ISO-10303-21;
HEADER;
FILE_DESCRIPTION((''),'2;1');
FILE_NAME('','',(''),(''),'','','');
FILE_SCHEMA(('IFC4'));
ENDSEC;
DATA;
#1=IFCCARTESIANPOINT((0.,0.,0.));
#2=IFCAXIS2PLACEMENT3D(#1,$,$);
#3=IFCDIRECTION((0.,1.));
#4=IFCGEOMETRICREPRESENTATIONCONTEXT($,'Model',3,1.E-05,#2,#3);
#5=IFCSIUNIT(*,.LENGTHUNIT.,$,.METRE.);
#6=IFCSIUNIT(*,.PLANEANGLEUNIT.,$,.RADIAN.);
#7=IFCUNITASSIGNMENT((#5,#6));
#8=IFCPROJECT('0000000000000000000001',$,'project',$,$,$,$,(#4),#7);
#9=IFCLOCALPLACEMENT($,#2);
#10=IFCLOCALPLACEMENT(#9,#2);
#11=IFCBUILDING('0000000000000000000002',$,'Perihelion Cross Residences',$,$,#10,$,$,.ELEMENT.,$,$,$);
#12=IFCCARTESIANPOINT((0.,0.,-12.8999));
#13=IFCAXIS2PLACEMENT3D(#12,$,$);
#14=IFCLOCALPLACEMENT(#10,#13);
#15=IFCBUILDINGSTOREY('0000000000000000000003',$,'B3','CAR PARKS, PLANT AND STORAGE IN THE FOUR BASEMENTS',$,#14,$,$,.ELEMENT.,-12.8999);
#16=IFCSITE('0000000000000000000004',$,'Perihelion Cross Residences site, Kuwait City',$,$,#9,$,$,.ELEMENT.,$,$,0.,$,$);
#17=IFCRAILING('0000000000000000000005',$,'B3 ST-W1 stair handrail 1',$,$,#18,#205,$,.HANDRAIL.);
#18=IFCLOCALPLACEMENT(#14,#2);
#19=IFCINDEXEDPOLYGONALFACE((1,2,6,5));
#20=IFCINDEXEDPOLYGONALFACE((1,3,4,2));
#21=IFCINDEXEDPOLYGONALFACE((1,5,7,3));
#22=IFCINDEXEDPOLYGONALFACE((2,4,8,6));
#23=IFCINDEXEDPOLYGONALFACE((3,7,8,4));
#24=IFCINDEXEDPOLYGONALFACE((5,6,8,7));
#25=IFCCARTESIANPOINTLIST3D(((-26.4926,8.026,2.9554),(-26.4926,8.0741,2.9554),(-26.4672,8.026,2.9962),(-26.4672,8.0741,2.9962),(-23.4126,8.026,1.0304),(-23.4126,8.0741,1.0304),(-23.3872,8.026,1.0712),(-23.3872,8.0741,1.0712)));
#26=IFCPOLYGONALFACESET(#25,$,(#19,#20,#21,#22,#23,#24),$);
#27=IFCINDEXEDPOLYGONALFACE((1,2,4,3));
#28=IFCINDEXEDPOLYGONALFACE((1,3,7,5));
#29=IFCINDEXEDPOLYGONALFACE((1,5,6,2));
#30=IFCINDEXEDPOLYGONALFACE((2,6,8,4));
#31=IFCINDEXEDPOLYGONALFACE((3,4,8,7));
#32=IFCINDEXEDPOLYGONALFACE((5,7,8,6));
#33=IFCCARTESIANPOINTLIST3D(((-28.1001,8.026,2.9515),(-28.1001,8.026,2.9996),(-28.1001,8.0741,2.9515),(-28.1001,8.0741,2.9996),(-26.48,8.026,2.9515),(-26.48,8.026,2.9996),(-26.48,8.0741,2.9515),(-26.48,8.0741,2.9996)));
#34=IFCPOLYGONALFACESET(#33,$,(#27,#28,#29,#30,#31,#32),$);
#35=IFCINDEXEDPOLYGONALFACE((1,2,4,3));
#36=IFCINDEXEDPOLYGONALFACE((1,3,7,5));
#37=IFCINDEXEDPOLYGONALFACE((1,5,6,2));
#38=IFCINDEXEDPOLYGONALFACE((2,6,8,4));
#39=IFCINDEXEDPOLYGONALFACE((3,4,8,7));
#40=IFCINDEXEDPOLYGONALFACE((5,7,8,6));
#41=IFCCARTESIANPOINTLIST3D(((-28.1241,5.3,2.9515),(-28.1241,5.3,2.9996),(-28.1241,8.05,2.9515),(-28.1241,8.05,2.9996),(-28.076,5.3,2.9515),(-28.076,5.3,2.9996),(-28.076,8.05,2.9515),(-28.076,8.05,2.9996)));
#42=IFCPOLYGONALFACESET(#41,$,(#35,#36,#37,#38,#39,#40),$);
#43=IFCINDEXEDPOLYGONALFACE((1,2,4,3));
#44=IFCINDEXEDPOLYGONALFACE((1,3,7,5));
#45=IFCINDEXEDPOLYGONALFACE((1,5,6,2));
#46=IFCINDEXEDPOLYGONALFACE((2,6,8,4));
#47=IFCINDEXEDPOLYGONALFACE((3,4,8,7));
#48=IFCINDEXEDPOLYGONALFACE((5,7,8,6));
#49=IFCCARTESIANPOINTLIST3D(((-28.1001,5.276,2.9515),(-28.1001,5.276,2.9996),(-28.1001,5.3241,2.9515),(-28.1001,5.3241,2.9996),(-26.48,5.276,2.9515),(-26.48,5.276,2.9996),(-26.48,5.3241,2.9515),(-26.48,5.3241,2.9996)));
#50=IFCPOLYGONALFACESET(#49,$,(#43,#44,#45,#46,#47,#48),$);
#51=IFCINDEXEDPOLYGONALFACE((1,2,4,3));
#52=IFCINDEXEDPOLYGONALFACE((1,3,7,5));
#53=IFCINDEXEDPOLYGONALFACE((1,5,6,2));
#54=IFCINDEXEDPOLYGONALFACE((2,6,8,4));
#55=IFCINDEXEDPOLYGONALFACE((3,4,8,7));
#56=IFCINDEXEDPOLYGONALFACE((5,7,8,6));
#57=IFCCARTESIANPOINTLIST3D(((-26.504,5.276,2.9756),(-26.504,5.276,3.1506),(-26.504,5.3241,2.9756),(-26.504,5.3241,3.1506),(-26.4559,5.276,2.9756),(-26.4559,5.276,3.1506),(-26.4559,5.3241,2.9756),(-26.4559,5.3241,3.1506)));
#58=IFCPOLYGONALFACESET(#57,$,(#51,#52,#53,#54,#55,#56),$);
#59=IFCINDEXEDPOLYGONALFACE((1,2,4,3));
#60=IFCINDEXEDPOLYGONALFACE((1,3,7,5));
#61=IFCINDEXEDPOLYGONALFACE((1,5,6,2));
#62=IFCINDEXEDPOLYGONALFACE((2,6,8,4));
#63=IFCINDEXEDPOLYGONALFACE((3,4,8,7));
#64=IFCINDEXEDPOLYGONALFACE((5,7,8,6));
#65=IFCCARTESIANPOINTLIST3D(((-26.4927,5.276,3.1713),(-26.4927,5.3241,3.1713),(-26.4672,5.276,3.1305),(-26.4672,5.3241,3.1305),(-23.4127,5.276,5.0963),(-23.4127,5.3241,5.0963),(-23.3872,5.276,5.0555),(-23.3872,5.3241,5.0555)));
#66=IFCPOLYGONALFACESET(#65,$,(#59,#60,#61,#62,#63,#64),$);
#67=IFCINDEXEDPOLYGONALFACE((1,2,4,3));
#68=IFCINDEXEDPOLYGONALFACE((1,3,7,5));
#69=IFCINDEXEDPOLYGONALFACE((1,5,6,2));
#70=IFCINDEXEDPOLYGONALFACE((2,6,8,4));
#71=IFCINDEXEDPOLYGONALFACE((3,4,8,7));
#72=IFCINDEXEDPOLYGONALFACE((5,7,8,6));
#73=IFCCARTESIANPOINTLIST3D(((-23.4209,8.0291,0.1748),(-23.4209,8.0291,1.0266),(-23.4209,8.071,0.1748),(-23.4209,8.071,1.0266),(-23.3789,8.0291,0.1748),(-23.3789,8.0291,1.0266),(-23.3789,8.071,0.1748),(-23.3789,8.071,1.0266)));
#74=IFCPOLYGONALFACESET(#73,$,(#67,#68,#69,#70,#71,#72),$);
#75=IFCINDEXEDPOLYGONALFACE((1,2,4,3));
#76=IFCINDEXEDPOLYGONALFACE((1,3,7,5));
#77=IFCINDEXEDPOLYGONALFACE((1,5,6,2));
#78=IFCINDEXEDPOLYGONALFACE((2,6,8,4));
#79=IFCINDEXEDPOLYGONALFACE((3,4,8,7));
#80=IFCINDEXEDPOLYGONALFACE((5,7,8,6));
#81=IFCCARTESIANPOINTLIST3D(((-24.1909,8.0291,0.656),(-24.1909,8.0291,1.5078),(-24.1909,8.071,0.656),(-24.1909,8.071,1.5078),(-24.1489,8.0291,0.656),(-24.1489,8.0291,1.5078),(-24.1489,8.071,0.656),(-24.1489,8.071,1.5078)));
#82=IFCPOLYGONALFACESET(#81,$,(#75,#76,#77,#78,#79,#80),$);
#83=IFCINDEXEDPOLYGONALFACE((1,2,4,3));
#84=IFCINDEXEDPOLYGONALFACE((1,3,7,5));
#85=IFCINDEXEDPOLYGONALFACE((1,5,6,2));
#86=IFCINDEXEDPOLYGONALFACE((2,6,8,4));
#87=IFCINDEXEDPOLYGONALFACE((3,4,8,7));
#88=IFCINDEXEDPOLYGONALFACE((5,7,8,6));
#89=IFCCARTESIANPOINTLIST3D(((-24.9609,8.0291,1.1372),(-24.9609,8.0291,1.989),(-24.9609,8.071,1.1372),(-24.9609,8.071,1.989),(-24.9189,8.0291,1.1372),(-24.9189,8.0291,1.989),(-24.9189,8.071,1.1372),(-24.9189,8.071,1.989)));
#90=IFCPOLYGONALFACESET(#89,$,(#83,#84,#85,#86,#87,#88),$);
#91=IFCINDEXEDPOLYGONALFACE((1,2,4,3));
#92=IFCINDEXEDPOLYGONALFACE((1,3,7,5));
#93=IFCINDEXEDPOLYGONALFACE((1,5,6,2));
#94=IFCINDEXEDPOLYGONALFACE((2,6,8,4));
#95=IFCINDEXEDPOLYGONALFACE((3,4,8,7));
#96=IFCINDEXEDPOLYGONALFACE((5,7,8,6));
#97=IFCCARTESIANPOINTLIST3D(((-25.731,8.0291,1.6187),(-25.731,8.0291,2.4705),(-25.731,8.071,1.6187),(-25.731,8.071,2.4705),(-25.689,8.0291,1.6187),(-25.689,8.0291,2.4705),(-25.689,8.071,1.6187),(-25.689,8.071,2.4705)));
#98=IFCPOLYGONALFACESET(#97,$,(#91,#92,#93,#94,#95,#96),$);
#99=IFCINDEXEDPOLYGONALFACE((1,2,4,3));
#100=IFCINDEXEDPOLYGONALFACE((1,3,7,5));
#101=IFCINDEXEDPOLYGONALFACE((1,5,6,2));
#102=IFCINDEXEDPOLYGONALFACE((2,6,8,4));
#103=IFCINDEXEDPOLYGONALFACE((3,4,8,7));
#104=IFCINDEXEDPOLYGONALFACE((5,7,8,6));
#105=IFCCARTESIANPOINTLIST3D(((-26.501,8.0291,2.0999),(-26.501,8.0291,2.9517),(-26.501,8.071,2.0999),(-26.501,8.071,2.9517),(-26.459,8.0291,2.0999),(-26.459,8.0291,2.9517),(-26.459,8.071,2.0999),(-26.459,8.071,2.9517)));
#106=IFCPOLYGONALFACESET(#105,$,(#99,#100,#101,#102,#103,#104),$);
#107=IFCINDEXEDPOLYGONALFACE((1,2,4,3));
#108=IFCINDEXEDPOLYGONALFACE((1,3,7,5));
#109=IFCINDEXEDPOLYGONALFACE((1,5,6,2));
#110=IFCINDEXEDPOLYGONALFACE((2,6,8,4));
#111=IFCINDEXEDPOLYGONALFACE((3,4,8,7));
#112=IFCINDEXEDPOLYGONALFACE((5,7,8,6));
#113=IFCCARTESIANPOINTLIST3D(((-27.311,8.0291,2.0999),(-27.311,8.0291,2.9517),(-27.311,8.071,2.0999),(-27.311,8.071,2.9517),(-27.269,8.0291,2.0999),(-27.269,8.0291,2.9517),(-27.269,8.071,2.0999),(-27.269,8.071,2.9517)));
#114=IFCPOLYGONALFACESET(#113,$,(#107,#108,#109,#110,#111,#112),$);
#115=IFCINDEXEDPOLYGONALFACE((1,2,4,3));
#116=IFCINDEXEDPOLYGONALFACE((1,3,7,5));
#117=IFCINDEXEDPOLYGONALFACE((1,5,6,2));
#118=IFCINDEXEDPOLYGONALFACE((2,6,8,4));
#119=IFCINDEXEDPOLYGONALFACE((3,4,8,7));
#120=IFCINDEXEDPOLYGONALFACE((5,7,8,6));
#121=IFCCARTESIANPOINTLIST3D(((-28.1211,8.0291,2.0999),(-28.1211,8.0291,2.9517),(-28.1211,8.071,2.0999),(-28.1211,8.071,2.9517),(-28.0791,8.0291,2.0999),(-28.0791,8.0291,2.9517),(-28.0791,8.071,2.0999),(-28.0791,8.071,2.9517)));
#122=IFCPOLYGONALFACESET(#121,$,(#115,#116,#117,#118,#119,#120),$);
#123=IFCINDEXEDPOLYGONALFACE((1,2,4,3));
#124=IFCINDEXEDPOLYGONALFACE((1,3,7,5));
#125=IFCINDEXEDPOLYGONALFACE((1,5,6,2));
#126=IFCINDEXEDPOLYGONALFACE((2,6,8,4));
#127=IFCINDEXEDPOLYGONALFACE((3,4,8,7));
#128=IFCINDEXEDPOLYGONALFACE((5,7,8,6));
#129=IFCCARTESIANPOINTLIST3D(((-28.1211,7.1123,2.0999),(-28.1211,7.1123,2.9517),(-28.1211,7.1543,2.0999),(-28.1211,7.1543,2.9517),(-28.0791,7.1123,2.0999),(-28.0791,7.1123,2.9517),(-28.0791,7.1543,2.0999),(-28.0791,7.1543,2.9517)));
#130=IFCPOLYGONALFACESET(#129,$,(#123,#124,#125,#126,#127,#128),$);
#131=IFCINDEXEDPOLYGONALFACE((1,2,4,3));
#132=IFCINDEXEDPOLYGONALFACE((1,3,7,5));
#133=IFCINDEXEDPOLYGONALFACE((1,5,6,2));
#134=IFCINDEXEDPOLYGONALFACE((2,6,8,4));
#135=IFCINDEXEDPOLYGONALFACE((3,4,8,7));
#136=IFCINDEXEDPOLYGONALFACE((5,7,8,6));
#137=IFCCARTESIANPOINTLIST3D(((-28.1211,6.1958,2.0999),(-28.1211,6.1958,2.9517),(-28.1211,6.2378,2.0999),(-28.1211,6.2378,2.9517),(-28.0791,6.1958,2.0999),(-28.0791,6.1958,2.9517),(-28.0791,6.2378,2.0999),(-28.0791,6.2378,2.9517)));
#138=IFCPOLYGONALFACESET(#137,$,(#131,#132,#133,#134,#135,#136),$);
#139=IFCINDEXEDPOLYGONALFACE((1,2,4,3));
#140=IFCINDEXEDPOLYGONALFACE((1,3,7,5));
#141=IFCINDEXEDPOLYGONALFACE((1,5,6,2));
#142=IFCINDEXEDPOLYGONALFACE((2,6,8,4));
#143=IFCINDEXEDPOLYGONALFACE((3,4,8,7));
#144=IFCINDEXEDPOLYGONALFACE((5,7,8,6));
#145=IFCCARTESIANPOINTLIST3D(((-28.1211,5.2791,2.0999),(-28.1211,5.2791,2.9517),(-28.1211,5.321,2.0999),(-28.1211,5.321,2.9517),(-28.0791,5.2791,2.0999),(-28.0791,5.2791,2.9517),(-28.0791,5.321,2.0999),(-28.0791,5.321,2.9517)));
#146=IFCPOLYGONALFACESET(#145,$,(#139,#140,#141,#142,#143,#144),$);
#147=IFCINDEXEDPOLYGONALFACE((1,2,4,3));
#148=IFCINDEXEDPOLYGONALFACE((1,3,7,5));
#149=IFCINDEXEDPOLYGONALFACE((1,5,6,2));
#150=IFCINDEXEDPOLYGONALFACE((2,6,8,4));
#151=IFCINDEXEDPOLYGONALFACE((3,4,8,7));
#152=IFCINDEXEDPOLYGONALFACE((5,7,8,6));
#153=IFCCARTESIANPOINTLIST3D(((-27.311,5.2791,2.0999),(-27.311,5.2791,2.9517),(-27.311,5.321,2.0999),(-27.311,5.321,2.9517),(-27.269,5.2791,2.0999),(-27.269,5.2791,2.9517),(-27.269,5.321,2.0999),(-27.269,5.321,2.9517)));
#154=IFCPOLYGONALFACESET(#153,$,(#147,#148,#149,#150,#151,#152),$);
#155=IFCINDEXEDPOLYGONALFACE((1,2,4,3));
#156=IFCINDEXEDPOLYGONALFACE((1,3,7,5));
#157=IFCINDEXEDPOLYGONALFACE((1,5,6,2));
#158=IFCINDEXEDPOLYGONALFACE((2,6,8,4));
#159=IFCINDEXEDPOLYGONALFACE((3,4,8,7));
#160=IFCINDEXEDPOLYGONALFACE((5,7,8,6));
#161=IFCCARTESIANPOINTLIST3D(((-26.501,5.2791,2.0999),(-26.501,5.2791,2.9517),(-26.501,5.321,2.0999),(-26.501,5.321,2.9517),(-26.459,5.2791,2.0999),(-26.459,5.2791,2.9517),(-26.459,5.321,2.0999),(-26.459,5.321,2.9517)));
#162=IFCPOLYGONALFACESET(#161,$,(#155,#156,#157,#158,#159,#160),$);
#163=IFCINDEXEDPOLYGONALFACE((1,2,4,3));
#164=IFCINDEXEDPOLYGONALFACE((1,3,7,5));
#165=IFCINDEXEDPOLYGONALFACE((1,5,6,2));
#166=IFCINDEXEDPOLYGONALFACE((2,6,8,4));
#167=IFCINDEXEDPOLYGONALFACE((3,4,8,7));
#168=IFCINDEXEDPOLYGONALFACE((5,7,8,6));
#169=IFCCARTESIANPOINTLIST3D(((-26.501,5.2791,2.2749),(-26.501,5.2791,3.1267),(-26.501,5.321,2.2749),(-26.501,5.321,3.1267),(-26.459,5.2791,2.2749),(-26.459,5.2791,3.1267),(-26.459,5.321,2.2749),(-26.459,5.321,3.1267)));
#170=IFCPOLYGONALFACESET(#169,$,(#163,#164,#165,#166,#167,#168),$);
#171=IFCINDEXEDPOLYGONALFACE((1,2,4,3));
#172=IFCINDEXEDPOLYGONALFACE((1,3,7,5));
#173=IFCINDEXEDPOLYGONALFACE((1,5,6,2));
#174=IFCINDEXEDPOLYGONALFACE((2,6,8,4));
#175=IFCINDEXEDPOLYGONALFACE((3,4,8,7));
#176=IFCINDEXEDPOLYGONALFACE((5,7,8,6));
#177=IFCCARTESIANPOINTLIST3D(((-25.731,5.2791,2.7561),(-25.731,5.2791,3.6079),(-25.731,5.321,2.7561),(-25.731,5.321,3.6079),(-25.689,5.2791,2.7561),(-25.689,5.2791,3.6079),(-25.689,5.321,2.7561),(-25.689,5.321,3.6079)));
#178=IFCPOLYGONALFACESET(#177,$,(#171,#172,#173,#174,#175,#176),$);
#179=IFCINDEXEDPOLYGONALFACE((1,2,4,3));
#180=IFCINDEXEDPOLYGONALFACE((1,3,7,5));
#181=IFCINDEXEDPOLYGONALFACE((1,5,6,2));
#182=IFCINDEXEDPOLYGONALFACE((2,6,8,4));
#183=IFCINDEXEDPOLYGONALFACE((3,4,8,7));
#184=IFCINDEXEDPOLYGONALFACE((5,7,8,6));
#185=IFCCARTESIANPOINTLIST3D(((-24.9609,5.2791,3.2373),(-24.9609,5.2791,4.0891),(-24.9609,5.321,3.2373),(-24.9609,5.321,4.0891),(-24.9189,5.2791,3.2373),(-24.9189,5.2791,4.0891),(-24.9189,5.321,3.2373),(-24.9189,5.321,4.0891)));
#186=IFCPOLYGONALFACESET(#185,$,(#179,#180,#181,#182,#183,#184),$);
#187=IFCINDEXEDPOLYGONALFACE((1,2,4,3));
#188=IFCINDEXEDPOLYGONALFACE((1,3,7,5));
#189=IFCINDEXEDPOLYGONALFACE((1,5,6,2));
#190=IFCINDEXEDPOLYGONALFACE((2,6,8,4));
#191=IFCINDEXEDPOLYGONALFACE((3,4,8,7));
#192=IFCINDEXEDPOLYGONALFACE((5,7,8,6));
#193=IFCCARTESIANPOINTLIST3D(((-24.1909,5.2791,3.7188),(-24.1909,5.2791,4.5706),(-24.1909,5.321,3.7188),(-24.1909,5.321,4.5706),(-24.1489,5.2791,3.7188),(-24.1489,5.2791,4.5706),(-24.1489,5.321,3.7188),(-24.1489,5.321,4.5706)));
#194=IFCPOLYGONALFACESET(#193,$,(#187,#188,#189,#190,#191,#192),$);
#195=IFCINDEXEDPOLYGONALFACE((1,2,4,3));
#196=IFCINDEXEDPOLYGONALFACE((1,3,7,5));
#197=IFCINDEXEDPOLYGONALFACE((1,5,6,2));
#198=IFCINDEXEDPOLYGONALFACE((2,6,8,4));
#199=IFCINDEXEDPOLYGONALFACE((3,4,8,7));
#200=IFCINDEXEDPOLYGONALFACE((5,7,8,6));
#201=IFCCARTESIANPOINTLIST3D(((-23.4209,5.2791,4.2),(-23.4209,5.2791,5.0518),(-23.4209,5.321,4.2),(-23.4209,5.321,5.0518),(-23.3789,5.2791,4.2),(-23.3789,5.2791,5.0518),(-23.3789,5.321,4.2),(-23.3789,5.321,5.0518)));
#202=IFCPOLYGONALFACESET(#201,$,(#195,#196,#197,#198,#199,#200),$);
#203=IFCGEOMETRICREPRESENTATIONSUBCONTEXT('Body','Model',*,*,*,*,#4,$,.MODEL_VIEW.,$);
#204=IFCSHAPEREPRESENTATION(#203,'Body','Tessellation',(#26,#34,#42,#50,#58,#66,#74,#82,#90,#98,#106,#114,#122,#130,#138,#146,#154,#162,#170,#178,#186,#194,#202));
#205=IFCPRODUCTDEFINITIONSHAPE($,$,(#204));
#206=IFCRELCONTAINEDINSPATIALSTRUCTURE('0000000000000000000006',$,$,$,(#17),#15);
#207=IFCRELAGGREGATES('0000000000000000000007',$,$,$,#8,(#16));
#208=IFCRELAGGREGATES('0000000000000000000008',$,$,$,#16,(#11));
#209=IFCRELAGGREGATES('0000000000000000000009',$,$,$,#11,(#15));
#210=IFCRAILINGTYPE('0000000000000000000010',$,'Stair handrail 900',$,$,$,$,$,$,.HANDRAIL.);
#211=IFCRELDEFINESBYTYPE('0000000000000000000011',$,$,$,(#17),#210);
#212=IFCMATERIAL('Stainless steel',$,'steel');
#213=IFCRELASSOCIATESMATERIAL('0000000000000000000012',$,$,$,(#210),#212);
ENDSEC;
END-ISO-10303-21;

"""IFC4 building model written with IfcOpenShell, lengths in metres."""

from ifc_helpers import new_model, si_unit, direction, frame, origin, origin_2d, place, context, subcontext, project, spatial, rectangle, extrude, material, type_object, element, save


model = new_model("IFC4")

# Units and contexts
model_context = context("Model", 3, precision=1e-05, world=origin(), true_north=direction((0.0, 1.0)))
body_context = subcontext(model_context, "Body", "Model", "MODEL_VIEW")
ifc_project = project(units=[si_unit("LENGTHUNIT", "METRE"), si_unit("PLANEANGLEUNIT", "RADIAN")], contexts=[model_context])

# Site, building, storey
site_placement = place(None, origin())
site = spatial("IfcSite", under=ifc_project, at=site_placement, Name="Perihelion Cross Residences site, Kuwait City", CompositionType="ELEMENT", RefElevation=0.0)
building_placement = place(site_placement, origin())
building = spatial("IfcBuilding", under=site, at=building_placement, Name="Perihelion Cross Residences", CompositionType="ELEMENT")
storey_placement = place(building_placement, frame((0.0, 0.0, -12.8999)))
storey = spatial("IfcBuildingStorey", under=building, at=storey_placement, Name="B3", Description="CAR PARKS, PLANT AND STORAGE IN THE FOUR BASEMENTS", CompositionType="ELEMENT", Elevation=-12.8999)

# Railing
ifc_material_1 = material(Name="Stainless steel", Category="steel")
railing_type_1 = type_object("IfcRailingType", Name="Stair handrail 900", PredefinedType="HANDRAIL", material=ifc_material_1)
railing_1_placement = place(storey_placement, frame((-23.3999, 8.05, 0.1748)))
element("IfcRailing", 1, at=railing_1_placement, inside=storey, type_object=railing_type_1, Name="B3 ST-W1 stair handrail 1", PredefinedType="HANDRAIL", context=body_context, shape_type="SweptSolid", body=[
    extrude(rectangle(XDim=0.0481, YDim=0.0481, at=origin_2d()), frame((0.0, 0.0, 0.876), z_axis=(-0.847998, 0.0, 0.529999), x_axis=(0.0, -1.0, 0.0)), (0.0, 0.0, 1.0), 3.6321),
    extrude(rectangle(XDim=0.0481, YDim=0.0481, at=origin_2d()), frame((-3.0801, 0.0, 2.8008), z_axis=(-1.0, 0.0, 0.0), x_axis=(0.0, -1.0, 0.0)), (0.0, 0.0, 1.0), 1.6201),
    extrude(rectangle(XDim=0.0481, YDim=0.0481, at=origin_2d()), frame((-4.7002, 0.0, 2.8008), z_axis=(0.0, -1.0, 0.0), x_axis=(1.0, 0.0, 0.0)), (0.0, 0.0, 1.0), 2.75),
    extrude(rectangle(XDim=0.0481, YDim=0.0481, at=origin_2d()), frame((-4.7002, -2.75, 2.8008), z_axis=(1.0, 0.0, 0.0), x_axis=(0.0, 1.0, 0.0)), (0.0, 0.0, 1.0), 1.6201),
    extrude(rectangle(XDim=0.0481, YDim=0.0481, at=origin_2d()), frame((-3.0801, -2.75, 2.8008), z_axis=(0.0, 0.0, 1.0), x_axis=(1.0, 0.0, 0.0)), (0.0, 0.0, 1.0), 0.175),
    extrude(rectangle(XDim=0.0481, YDim=0.0481, at=origin_2d()), frame((-3.0801, -2.75, 2.9761), z_axis=(0.847998, 0.0, 0.529999), x_axis=(0.0, 1.0, 0.0)), (0.0, 0.0, 1.0), 3.6321),
    extrude(rectangle(XDim=0.042, YDim=0.042, at=origin_2d()), origin(), (0.0, 0.0, 1.0), 0.8518),
    extrude(rectangle(XDim=0.042, YDim=0.042, at=origin_2d()), frame((-0.77, 0.0, 0.4812)), (0.0, 0.0, 1.0), 0.8518),
    extrude(rectangle(XDim=0.042, YDim=0.042, at=origin_2d()), frame((-1.54, 0.0, 0.9624)), (0.0, 0.0, 1.0), 0.8518),
    extrude(rectangle(XDim=0.042, YDim=0.042, at=origin_2d()), frame((-2.3101, 0.0, 1.4438)), (0.0, 0.0, 1.0), 0.8518),
    extrude(rectangle(XDim=0.042, YDim=0.042, at=origin_2d()), frame((-3.0801, 0.0, 1.925)), (0.0, 0.0, 1.0), 0.8518),
    extrude(rectangle(XDim=0.042, YDim=0.042, at=origin_2d()), frame((-3.8901, 0.0, 1.925)), (0.0, 0.0, 1.0), 0.8518),
    extrude(rectangle(XDim=0.042, YDim=0.042, at=origin_2d()), frame((-4.7002, 0.0, 1.925)), (0.0, 0.0, 1.0), 0.8518),
    extrude(rectangle(XDim=0.042, YDim=0.042, at=origin_2d()), frame((-4.7002, -0.9167, 1.925)), (0.0, 0.0, 1.0), 0.8518),
    extrude(rectangle(XDim=0.042, YDim=0.042, at=origin_2d()), frame((-4.7002, -1.8333, 1.925)), (0.0, 0.0, 1.0), 0.8518),
    extrude(rectangle(XDim=0.042, YDim=0.042, at=origin_2d()), frame((-4.7002, -2.75, 1.925)), (0.0, 0.0, 1.0), 0.8518),
    extrude(rectangle(XDim=0.042, YDim=0.042, at=origin_2d()), frame((-3.8901, -2.75, 1.925)), (0.0, 0.0, 1.0), 0.8518),
    extrude(rectangle(XDim=0.042, YDim=0.042, at=origin_2d()), frame((-3.0801, -2.75, 1.925)), (0.0, 0.0, 1.0), 0.8518),
    extrude(rectangle(XDim=0.042, YDim=0.042, at=origin_2d()), frame((-3.0801, -2.75, 2.1001)), (0.0, 0.0, 1.0), 0.8518),
    extrude(rectangle(XDim=0.042, YDim=0.042, at=origin_2d()), frame((-2.3101, -2.75, 2.5813)), (0.0, 0.0, 1.0), 0.8518),
    extrude(rectangle(XDim=0.042, YDim=0.042, at=origin_2d()), frame((-1.54, -2.75, 3.0625)), (0.0, 0.0, 1.0), 0.8518),
    extrude(rectangle(XDim=0.042, YDim=0.042, at=origin_2d()), frame((-0.77, -2.75, 3.5439)), (0.0, 0.0, 1.0), 0.8518),
    extrude(rectangle(XDim=0.042, YDim=0.042, at=origin_2d()), frame((0.0, -2.75, 4.0251)), (0.0, 0.0, 1.0), 0.8518),
])

save(model, "model.ifc")
